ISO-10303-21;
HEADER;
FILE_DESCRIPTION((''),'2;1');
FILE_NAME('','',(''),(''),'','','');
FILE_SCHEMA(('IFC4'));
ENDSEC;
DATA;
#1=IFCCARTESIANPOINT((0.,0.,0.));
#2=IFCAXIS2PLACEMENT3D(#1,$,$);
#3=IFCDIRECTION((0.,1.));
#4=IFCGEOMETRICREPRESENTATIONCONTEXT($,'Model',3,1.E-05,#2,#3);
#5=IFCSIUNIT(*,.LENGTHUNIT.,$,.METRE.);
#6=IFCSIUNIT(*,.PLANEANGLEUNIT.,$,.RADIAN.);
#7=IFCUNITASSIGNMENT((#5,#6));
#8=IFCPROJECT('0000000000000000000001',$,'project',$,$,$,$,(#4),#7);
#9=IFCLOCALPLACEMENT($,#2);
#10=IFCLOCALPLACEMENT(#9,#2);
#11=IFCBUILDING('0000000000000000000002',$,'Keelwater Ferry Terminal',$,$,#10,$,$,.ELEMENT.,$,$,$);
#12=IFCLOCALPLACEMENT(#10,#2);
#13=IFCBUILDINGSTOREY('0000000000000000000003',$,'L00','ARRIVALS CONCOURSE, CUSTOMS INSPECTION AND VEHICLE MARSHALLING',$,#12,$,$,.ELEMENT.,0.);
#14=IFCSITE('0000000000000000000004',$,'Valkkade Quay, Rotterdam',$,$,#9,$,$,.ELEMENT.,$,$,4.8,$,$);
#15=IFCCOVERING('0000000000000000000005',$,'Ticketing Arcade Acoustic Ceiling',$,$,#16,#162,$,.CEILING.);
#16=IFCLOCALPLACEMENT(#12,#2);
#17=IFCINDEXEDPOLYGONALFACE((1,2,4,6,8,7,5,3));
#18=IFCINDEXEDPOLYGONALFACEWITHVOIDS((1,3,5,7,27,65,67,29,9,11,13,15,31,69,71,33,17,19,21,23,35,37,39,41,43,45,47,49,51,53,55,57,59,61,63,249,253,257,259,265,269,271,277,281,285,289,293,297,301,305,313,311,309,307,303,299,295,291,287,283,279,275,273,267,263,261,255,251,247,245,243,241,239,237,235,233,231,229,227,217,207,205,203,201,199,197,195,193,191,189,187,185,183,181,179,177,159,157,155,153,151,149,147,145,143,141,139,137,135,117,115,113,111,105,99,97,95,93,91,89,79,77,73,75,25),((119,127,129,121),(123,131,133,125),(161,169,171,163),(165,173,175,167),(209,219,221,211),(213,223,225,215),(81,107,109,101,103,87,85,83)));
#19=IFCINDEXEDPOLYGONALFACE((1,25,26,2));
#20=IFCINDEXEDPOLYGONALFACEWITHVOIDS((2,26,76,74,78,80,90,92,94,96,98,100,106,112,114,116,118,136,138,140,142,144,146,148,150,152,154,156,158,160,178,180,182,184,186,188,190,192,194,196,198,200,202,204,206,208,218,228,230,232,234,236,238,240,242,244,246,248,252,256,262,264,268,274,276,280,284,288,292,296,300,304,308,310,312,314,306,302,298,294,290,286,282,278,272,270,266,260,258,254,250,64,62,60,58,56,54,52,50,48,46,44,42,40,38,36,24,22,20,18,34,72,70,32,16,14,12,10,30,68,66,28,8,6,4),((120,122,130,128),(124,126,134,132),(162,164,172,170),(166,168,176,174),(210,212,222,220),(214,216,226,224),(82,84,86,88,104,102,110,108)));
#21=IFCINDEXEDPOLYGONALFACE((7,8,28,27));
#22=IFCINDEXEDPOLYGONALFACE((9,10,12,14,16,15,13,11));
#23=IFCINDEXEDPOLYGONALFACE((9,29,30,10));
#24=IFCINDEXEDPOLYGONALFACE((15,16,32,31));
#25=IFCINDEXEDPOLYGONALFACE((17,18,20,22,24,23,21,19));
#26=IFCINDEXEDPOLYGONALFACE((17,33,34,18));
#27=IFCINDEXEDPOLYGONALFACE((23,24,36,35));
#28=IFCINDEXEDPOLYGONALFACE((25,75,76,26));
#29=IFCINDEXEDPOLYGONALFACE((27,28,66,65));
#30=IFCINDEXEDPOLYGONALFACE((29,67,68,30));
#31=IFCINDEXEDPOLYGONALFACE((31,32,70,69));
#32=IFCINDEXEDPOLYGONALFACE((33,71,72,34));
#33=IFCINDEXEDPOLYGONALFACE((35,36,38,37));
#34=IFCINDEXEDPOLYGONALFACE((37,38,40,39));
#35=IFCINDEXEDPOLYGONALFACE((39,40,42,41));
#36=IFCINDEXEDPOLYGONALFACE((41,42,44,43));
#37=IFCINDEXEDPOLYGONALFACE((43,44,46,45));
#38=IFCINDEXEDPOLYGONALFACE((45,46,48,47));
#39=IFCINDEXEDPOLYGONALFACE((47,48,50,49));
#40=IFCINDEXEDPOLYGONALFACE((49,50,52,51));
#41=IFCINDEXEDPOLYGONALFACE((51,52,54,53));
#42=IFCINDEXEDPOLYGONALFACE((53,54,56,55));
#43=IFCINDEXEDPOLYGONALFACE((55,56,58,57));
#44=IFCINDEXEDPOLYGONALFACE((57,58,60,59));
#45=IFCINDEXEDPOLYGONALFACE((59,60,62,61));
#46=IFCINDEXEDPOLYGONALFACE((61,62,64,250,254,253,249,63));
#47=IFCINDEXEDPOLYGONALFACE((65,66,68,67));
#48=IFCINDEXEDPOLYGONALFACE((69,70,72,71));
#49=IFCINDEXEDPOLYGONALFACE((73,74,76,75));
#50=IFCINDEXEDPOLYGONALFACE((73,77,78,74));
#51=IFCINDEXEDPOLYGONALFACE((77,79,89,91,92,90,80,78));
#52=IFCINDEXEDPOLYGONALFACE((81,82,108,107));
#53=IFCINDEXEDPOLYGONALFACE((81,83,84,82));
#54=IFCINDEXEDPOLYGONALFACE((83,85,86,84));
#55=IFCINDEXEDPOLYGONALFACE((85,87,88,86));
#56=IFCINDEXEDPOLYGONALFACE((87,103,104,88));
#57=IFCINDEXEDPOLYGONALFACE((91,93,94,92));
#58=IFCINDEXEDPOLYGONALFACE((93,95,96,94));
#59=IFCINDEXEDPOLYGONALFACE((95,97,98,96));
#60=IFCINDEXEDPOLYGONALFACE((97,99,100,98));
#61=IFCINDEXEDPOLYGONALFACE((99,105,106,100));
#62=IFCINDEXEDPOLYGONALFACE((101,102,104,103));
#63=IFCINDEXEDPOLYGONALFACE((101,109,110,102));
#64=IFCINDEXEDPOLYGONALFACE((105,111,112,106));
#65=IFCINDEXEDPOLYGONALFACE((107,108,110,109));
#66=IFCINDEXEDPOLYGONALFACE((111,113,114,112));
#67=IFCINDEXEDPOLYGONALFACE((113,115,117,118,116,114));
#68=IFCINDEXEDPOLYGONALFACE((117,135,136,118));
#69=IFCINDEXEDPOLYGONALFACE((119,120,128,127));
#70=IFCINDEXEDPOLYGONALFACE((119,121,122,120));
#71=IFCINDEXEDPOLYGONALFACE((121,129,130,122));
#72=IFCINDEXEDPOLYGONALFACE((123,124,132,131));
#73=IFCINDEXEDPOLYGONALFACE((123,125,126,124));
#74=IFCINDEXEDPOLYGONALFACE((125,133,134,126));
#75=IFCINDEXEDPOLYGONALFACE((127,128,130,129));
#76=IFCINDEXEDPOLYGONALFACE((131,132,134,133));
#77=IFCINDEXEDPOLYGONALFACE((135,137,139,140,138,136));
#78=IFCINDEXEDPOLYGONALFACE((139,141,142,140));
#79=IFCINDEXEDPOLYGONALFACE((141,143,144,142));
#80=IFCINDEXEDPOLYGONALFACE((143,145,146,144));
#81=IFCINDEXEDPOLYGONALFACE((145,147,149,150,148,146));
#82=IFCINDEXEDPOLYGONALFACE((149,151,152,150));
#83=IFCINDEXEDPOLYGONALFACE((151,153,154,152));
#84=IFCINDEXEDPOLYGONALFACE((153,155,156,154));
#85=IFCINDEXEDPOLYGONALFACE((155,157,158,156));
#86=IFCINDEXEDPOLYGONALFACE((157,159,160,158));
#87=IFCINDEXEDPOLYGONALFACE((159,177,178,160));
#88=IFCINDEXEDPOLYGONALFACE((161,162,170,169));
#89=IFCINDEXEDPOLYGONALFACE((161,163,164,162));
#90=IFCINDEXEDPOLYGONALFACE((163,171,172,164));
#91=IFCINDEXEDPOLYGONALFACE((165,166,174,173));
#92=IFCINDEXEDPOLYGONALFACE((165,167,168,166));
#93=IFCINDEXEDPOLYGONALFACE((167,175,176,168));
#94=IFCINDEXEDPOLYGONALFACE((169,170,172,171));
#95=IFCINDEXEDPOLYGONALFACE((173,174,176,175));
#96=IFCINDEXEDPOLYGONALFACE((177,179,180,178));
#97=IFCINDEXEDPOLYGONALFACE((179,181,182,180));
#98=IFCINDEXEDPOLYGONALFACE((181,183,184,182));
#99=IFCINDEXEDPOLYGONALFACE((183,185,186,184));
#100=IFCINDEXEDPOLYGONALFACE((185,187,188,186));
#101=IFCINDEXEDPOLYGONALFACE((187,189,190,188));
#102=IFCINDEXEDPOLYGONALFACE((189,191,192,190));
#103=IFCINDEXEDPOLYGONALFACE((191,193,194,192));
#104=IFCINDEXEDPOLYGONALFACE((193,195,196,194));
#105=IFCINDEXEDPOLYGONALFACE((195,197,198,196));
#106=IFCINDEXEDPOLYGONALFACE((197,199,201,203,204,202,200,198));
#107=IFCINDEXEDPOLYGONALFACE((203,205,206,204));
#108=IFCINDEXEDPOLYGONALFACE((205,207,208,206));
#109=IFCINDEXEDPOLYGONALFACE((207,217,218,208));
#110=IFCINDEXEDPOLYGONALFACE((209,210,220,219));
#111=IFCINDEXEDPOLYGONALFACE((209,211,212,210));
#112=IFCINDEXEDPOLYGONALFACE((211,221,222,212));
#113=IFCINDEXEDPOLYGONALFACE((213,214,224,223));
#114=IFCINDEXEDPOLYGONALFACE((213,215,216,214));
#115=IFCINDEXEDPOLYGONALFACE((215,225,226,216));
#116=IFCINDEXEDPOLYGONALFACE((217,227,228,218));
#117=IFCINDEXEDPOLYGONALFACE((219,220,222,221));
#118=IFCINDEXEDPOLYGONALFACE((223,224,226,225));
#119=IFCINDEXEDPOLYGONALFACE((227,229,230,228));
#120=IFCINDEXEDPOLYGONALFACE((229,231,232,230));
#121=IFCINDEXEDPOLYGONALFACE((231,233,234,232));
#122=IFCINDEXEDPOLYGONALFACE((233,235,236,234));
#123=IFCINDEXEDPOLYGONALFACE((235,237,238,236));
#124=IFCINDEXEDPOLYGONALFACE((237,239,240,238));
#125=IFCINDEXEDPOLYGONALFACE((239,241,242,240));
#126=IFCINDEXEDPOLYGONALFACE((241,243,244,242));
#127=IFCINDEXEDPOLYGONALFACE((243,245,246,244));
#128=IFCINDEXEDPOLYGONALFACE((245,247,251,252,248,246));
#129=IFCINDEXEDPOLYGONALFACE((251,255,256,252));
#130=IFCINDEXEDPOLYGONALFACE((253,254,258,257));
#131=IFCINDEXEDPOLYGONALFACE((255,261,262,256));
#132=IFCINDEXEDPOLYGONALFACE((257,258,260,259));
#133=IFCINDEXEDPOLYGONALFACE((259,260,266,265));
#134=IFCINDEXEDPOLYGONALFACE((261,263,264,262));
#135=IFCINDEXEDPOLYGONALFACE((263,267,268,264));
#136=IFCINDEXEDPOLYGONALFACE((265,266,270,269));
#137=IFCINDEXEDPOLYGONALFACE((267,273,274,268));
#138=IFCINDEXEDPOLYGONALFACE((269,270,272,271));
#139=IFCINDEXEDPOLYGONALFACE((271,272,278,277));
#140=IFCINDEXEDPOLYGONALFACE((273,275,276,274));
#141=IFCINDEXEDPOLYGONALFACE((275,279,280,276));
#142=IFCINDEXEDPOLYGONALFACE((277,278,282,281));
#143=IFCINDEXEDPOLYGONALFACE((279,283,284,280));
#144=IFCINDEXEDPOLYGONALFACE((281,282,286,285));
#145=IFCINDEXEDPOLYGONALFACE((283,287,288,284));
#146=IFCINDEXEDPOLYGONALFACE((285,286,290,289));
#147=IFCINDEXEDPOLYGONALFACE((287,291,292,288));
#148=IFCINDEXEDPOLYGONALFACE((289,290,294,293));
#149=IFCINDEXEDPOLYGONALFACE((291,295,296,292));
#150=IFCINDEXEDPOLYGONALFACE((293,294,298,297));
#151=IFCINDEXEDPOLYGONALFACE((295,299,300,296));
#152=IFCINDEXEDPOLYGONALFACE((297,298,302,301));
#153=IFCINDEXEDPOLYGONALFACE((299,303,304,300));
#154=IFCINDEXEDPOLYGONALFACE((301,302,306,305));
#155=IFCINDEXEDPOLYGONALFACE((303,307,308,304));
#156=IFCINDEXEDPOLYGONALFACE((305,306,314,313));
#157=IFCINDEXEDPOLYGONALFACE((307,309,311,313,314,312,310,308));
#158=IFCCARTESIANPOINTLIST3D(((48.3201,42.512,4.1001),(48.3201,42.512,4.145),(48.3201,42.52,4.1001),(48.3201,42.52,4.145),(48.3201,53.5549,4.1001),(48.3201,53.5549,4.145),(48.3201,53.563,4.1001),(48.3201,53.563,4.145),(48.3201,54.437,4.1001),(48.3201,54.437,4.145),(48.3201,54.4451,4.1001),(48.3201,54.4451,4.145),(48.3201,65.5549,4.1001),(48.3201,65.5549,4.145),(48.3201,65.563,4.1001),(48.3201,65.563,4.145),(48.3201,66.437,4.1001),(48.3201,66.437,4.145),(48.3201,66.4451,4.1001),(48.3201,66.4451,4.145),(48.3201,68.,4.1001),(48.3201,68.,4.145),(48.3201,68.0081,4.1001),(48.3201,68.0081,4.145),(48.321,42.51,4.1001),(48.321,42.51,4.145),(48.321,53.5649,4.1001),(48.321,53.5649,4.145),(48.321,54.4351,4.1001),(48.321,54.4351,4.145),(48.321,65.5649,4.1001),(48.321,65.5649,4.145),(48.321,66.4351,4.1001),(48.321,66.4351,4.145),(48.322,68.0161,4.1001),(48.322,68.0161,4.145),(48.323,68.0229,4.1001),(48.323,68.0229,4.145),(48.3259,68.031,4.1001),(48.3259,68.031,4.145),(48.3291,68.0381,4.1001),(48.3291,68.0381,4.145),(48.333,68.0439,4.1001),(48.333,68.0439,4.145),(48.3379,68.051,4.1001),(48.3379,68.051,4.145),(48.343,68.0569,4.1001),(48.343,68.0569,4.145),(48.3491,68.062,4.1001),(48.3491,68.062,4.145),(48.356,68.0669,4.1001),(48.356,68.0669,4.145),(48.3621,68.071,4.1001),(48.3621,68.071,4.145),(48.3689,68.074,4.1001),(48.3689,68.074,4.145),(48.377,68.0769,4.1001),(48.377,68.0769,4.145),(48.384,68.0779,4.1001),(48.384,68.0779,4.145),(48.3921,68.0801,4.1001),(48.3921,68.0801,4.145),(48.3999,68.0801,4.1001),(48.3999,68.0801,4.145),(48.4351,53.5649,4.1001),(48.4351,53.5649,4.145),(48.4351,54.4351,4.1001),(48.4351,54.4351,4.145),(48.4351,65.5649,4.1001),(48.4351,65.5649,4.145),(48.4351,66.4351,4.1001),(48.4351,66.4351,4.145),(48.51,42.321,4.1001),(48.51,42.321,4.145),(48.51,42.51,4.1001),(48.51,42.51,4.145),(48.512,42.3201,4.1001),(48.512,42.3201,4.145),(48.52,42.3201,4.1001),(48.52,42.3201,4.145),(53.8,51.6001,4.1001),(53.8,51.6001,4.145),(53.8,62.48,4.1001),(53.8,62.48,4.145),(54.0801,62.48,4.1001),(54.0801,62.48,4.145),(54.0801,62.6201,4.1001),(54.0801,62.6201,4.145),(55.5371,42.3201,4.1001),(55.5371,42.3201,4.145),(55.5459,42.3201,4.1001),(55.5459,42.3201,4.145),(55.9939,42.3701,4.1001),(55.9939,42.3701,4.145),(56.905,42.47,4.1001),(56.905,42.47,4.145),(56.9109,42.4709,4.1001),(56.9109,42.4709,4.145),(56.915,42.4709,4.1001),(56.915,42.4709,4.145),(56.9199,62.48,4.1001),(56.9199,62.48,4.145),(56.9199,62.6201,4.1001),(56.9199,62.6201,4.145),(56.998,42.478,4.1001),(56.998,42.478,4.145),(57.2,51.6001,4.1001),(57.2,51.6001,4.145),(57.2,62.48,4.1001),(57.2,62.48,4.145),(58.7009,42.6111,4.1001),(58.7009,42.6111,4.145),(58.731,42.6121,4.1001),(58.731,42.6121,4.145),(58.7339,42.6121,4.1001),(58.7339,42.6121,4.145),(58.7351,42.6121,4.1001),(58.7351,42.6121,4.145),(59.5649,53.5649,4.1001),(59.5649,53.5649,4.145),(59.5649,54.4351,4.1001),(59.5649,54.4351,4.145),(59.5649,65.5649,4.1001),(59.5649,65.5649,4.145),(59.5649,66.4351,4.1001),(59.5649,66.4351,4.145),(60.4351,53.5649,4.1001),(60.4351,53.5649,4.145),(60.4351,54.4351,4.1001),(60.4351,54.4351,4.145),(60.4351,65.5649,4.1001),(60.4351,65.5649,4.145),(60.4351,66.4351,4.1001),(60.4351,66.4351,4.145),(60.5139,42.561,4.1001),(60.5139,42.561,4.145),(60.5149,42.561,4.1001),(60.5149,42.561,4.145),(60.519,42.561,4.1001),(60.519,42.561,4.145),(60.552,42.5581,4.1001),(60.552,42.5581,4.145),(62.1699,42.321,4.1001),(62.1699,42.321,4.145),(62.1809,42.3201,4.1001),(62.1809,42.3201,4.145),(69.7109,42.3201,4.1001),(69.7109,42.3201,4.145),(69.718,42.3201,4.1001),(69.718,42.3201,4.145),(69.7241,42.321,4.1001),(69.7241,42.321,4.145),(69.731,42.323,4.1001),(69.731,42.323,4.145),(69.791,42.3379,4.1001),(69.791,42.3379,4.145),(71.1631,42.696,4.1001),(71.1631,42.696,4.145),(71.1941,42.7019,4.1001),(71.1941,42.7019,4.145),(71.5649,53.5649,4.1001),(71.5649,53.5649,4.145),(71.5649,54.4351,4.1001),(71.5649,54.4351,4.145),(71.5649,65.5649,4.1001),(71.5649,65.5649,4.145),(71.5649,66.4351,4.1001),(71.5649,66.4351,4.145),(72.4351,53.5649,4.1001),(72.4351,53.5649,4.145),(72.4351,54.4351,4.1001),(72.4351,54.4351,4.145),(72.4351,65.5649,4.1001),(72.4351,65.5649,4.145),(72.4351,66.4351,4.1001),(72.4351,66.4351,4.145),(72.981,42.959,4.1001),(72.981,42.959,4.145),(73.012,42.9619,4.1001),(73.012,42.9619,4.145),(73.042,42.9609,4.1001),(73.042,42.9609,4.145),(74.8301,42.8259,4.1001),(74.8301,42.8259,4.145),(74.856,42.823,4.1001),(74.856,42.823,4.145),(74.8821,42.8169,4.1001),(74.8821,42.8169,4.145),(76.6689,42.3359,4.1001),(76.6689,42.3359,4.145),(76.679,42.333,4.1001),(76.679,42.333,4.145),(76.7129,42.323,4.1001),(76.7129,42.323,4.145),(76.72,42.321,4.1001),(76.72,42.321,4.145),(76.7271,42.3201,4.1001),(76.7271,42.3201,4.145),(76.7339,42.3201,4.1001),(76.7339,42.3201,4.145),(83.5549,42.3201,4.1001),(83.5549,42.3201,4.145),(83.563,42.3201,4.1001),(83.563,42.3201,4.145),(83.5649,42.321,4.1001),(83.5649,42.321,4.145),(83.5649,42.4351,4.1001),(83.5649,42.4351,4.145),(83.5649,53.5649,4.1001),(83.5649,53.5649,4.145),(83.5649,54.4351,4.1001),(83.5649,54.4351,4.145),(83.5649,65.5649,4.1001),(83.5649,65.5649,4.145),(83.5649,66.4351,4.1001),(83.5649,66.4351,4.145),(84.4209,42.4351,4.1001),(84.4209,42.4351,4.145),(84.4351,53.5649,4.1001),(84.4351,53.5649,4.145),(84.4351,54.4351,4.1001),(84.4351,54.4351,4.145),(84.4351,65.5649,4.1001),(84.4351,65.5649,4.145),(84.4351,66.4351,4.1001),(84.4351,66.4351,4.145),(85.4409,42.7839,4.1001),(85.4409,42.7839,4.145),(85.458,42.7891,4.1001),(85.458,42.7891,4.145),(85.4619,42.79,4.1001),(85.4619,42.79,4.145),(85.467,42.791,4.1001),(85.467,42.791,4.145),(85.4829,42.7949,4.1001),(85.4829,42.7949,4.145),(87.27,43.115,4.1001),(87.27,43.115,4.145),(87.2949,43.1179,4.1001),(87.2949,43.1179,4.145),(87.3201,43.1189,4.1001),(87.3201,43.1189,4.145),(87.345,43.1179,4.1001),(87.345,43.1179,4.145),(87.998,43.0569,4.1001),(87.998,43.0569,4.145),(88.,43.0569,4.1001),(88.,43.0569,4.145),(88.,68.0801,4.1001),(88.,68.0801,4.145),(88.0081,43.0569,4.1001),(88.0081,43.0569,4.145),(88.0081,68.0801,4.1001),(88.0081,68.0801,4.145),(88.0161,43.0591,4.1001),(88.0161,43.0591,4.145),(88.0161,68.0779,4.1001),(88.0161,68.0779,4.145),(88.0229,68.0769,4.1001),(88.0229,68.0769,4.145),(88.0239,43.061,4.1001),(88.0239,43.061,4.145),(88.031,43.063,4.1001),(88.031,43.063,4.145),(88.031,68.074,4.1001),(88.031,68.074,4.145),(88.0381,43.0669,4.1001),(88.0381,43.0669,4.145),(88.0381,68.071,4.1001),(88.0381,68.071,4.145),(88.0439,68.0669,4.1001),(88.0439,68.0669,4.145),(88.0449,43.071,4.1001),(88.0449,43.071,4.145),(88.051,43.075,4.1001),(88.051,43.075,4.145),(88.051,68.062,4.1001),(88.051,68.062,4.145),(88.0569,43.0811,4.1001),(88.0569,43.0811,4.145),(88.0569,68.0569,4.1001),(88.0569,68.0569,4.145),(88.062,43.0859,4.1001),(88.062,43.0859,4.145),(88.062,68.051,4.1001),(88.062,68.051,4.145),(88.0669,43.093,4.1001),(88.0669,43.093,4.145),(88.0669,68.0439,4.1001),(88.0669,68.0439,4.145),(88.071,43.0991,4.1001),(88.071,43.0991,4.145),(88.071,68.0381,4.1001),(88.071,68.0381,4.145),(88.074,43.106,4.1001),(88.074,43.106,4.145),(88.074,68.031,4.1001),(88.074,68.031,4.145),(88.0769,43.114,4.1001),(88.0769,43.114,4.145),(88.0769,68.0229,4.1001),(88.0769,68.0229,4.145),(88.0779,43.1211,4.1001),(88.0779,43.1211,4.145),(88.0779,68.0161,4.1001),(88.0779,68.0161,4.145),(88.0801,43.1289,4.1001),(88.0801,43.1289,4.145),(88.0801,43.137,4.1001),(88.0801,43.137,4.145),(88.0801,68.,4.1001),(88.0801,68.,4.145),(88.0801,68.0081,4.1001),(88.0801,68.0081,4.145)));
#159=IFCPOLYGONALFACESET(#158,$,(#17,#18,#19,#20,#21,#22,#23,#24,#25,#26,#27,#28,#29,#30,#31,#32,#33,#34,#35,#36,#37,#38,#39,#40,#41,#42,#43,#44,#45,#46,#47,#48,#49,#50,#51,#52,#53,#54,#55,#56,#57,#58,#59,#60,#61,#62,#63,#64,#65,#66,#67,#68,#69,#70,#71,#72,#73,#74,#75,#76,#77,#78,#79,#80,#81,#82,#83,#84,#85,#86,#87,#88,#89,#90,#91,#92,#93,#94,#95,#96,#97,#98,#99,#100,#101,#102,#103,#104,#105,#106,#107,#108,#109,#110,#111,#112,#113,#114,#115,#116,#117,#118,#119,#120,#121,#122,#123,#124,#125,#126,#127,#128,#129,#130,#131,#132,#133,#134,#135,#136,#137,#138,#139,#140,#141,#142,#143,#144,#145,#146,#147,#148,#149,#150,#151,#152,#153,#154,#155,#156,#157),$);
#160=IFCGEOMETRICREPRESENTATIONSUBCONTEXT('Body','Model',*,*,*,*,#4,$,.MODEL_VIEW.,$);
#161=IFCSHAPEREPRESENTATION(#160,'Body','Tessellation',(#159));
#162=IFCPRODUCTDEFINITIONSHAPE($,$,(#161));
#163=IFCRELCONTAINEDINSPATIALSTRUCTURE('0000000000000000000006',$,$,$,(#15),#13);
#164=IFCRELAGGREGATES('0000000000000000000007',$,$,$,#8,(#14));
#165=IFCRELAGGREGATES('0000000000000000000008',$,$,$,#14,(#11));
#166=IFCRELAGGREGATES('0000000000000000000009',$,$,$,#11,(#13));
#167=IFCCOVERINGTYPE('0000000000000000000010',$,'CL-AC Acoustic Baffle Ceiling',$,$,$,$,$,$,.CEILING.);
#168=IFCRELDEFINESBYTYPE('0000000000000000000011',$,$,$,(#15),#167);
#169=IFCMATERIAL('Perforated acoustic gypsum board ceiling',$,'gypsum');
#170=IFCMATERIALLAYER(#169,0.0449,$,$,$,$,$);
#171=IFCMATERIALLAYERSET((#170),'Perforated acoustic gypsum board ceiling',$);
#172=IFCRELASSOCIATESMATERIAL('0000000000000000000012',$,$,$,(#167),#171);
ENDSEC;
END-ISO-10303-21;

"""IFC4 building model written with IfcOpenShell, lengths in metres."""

from ifc_helpers import new_model, si_unit, direction, frame, origin, place, context, subcontext, project, spatial, polyline, outline, extrude, material, layer, layer_set, type_object, element, save


model = new_model("IFC4")

# Units and contexts
model_context = context("Model", 3, precision=1e-05, world=origin(), true_north=direction((0.0, 1.0)))
body_context = subcontext(model_context, "Body", "Model", "MODEL_VIEW")
ifc_project = project(units=[si_unit("LENGTHUNIT", "METRE"), si_unit("PLANEANGLEUNIT", "RADIAN")], contexts=[model_context])

# Site, building, storey
site_placement = place(None, origin())
site = spatial("IfcSite", under=ifc_project, at=site_placement, Name="Valkkade Quay, Rotterdam", CompositionType="ELEMENT", RefElevation=4.8)
building_placement = place(site_placement, origin())
building = spatial("IfcBuilding", under=site, at=building_placement, Name="Keelwater Ferry Terminal", CompositionType="ELEMENT")
storey_placement = place(building_placement, origin())
storey = spatial("IfcBuildingStorey", under=building, at=storey_placement, Name="L00", Description="ARRIVALS CONCOURSE, CUSTOMS INSPECTION AND VEHICLE MARSHALLING", CompositionType="ELEMENT", Elevation=0.0)

# Covering
ifc_material_1 = material(Name="Perforated acoustic gypsum board ceiling", Category="gypsum")
ifc_layer_1 = layer(ifc_material_1, 0.0449)
ifc_layer_set_1 = layer_set([ifc_layer_1], Name="Perforated acoustic gypsum board ceiling")
covering_type_1 = type_object("IfcCoveringType", Name="CL-AC Acoustic Baffle Ceiling", PredefinedType="CEILING", material=ifc_layer_set_1)
covering_1_placement = place(storey_placement, frame((0.0, 0.0, 4.1001)))
element("IfcCovering", 1, at=covering_1_placement, inside=storey, type_object=covering_type_1, Name="Ticketing Arcade Acoustic Ceiling", PredefinedType="CEILING", context=body_context, shape_type="SweptSolid", body=[
    extrude(outline(polyline([(48.3201, 54.437), (48.3201, 54.4451), (48.3201, 65.5549), (48.3201, 65.563), (48.321, 65.5649), (48.4351, 65.5649), (48.4351, 66.4351), (48.321, 66.4351), (48.3201, 66.437), (48.3201, 66.4451), (48.3201, 68.0), (48.3201, 68.0081), (48.322, 68.0161), (48.323, 68.0229), (48.3259, 68.031), (48.3291, 68.0381), (48.333, 68.0439), (48.3379, 68.051), (48.343, 68.0569), (48.3491, 68.062), (48.356, 68.0669), (48.3621, 68.071), (48.3689, 68.074), (48.377, 68.0769), (48.384, 68.0779), (48.3921, 68.0801), (48.3999, 68.0801), (88.0, 68.0801), (88.0081, 68.0801), (88.0161, 68.0779), (88.0229, 68.0769), (88.031, 68.074), (88.0381, 68.071), (88.0439, 68.0669), (88.051, 68.062), (88.0569, 68.0569), (88.062, 68.051), (88.0669, 68.0439), (88.071, 68.0381), (88.074, 68.031), (88.0769, 68.0229), (88.0779, 68.0161), (88.0801, 68.0081), (88.0801, 68.0), (88.0801, 43.137), (88.0801, 43.1289), (88.0779, 43.1211), (88.0769, 43.114), (88.074, 43.106), (88.071, 43.0991), (88.0669, 43.093), (88.062, 43.0859), (88.0569, 43.0811), (88.051, 43.075), (88.0449, 43.071), (88.0381, 43.0669), (88.031, 43.063), (88.0239, 43.061), (88.0161, 43.0591), (88.0081, 43.0569), (88.0, 43.0569), (87.998, 43.0569), (87.345, 43.1179), (87.3201, 43.1189), (87.2949, 43.1179), (87.27, 43.115), (85.4829, 42.7949), (85.467, 42.791), (85.4619, 42.79), (85.458, 42.7891), (85.4409, 42.7839), (84.4209, 42.4351), (83.5649, 42.4351), (83.5649, 42.321), (83.563, 42.3201), (83.5549, 42.3201), (76.7339, 42.3201), (76.7271, 42.3201), (76.72, 42.321), (76.7129, 42.323), (76.679, 42.333), (76.6689, 42.3359), (74.8821, 42.8169), (74.856, 42.823), (74.8301, 42.8259), (73.042, 42.9609), (73.012, 42.9619), (72.981, 42.959), (71.1941, 42.7019), (71.1631, 42.696), (69.791, 42.3379), (69.731, 42.323), (69.7241, 42.321), (69.718, 42.3201), (69.7109, 42.3201), (62.1809, 42.3201), (62.1699, 42.321), (60.552, 42.5581), (60.519, 42.561), (60.5149, 42.561), (60.5139, 42.561), (58.7351, 42.6121), (58.7339, 42.6121), (58.731, 42.6121), (58.7009, 42.6111), (56.998, 42.478), (56.915, 42.4709), (56.9109, 42.4709), (56.905, 42.47), (55.9939, 42.3701), (55.5459, 42.3201), (55.5371, 42.3201), (48.52, 42.3201), (48.512, 42.3201), (48.51, 42.321), (48.51, 42.51), (48.321, 42.51), (48.3201, 42.512), (48.3201, 42.52), (48.3201, 53.5549), (48.3201, 53.563), (48.321, 53.5649), (48.4351, 53.5649), (48.4351, 54.4351), (48.321, 54.4351), (48.3201, 54.437)]), holes=[polyline([(54.0801, 62.48), (53.8, 62.48), (53.8, 51.6001), (57.2, 51.6001), (57.2, 62.48), (56.9199, 62.48), (56.9199, 62.6201), (54.0801, 62.6201), (54.0801, 62.48)]), polyline([(59.5649, 54.4351), (59.5649, 53.5649), (60.4351, 53.5649), (60.4351, 54.4351), (59.5649, 54.4351)]), polyline([(72.4351, 54.4351), (71.5649, 54.4351), (71.5649, 53.5649), (72.4351, 53.5649), (72.4351, 54.4351)]), polyline([(72.4351, 66.4351), (71.5649, 66.4351), (71.5649, 65.5649), (72.4351, 65.5649), (72.4351, 66.4351)]), polyline([(59.5649, 66.4351), (59.5649, 65.5649), (60.4351, 65.5649), (60.4351, 66.4351), (59.5649, 66.4351)]), polyline([(84.4351, 54.4351), (83.5649, 54.4351), (83.5649, 53.5649), (84.4351, 53.5649), (84.4351, 54.4351)]), polyline([(84.4351, 66.4351), (83.5649, 66.4351), (83.5649, 65.5649), (84.4351, 65.5649), (84.4351, 66.4351)])]), origin(), (0.0, 0.0, 1.0), 0.0449),
])

save(model, "model.ifc")
